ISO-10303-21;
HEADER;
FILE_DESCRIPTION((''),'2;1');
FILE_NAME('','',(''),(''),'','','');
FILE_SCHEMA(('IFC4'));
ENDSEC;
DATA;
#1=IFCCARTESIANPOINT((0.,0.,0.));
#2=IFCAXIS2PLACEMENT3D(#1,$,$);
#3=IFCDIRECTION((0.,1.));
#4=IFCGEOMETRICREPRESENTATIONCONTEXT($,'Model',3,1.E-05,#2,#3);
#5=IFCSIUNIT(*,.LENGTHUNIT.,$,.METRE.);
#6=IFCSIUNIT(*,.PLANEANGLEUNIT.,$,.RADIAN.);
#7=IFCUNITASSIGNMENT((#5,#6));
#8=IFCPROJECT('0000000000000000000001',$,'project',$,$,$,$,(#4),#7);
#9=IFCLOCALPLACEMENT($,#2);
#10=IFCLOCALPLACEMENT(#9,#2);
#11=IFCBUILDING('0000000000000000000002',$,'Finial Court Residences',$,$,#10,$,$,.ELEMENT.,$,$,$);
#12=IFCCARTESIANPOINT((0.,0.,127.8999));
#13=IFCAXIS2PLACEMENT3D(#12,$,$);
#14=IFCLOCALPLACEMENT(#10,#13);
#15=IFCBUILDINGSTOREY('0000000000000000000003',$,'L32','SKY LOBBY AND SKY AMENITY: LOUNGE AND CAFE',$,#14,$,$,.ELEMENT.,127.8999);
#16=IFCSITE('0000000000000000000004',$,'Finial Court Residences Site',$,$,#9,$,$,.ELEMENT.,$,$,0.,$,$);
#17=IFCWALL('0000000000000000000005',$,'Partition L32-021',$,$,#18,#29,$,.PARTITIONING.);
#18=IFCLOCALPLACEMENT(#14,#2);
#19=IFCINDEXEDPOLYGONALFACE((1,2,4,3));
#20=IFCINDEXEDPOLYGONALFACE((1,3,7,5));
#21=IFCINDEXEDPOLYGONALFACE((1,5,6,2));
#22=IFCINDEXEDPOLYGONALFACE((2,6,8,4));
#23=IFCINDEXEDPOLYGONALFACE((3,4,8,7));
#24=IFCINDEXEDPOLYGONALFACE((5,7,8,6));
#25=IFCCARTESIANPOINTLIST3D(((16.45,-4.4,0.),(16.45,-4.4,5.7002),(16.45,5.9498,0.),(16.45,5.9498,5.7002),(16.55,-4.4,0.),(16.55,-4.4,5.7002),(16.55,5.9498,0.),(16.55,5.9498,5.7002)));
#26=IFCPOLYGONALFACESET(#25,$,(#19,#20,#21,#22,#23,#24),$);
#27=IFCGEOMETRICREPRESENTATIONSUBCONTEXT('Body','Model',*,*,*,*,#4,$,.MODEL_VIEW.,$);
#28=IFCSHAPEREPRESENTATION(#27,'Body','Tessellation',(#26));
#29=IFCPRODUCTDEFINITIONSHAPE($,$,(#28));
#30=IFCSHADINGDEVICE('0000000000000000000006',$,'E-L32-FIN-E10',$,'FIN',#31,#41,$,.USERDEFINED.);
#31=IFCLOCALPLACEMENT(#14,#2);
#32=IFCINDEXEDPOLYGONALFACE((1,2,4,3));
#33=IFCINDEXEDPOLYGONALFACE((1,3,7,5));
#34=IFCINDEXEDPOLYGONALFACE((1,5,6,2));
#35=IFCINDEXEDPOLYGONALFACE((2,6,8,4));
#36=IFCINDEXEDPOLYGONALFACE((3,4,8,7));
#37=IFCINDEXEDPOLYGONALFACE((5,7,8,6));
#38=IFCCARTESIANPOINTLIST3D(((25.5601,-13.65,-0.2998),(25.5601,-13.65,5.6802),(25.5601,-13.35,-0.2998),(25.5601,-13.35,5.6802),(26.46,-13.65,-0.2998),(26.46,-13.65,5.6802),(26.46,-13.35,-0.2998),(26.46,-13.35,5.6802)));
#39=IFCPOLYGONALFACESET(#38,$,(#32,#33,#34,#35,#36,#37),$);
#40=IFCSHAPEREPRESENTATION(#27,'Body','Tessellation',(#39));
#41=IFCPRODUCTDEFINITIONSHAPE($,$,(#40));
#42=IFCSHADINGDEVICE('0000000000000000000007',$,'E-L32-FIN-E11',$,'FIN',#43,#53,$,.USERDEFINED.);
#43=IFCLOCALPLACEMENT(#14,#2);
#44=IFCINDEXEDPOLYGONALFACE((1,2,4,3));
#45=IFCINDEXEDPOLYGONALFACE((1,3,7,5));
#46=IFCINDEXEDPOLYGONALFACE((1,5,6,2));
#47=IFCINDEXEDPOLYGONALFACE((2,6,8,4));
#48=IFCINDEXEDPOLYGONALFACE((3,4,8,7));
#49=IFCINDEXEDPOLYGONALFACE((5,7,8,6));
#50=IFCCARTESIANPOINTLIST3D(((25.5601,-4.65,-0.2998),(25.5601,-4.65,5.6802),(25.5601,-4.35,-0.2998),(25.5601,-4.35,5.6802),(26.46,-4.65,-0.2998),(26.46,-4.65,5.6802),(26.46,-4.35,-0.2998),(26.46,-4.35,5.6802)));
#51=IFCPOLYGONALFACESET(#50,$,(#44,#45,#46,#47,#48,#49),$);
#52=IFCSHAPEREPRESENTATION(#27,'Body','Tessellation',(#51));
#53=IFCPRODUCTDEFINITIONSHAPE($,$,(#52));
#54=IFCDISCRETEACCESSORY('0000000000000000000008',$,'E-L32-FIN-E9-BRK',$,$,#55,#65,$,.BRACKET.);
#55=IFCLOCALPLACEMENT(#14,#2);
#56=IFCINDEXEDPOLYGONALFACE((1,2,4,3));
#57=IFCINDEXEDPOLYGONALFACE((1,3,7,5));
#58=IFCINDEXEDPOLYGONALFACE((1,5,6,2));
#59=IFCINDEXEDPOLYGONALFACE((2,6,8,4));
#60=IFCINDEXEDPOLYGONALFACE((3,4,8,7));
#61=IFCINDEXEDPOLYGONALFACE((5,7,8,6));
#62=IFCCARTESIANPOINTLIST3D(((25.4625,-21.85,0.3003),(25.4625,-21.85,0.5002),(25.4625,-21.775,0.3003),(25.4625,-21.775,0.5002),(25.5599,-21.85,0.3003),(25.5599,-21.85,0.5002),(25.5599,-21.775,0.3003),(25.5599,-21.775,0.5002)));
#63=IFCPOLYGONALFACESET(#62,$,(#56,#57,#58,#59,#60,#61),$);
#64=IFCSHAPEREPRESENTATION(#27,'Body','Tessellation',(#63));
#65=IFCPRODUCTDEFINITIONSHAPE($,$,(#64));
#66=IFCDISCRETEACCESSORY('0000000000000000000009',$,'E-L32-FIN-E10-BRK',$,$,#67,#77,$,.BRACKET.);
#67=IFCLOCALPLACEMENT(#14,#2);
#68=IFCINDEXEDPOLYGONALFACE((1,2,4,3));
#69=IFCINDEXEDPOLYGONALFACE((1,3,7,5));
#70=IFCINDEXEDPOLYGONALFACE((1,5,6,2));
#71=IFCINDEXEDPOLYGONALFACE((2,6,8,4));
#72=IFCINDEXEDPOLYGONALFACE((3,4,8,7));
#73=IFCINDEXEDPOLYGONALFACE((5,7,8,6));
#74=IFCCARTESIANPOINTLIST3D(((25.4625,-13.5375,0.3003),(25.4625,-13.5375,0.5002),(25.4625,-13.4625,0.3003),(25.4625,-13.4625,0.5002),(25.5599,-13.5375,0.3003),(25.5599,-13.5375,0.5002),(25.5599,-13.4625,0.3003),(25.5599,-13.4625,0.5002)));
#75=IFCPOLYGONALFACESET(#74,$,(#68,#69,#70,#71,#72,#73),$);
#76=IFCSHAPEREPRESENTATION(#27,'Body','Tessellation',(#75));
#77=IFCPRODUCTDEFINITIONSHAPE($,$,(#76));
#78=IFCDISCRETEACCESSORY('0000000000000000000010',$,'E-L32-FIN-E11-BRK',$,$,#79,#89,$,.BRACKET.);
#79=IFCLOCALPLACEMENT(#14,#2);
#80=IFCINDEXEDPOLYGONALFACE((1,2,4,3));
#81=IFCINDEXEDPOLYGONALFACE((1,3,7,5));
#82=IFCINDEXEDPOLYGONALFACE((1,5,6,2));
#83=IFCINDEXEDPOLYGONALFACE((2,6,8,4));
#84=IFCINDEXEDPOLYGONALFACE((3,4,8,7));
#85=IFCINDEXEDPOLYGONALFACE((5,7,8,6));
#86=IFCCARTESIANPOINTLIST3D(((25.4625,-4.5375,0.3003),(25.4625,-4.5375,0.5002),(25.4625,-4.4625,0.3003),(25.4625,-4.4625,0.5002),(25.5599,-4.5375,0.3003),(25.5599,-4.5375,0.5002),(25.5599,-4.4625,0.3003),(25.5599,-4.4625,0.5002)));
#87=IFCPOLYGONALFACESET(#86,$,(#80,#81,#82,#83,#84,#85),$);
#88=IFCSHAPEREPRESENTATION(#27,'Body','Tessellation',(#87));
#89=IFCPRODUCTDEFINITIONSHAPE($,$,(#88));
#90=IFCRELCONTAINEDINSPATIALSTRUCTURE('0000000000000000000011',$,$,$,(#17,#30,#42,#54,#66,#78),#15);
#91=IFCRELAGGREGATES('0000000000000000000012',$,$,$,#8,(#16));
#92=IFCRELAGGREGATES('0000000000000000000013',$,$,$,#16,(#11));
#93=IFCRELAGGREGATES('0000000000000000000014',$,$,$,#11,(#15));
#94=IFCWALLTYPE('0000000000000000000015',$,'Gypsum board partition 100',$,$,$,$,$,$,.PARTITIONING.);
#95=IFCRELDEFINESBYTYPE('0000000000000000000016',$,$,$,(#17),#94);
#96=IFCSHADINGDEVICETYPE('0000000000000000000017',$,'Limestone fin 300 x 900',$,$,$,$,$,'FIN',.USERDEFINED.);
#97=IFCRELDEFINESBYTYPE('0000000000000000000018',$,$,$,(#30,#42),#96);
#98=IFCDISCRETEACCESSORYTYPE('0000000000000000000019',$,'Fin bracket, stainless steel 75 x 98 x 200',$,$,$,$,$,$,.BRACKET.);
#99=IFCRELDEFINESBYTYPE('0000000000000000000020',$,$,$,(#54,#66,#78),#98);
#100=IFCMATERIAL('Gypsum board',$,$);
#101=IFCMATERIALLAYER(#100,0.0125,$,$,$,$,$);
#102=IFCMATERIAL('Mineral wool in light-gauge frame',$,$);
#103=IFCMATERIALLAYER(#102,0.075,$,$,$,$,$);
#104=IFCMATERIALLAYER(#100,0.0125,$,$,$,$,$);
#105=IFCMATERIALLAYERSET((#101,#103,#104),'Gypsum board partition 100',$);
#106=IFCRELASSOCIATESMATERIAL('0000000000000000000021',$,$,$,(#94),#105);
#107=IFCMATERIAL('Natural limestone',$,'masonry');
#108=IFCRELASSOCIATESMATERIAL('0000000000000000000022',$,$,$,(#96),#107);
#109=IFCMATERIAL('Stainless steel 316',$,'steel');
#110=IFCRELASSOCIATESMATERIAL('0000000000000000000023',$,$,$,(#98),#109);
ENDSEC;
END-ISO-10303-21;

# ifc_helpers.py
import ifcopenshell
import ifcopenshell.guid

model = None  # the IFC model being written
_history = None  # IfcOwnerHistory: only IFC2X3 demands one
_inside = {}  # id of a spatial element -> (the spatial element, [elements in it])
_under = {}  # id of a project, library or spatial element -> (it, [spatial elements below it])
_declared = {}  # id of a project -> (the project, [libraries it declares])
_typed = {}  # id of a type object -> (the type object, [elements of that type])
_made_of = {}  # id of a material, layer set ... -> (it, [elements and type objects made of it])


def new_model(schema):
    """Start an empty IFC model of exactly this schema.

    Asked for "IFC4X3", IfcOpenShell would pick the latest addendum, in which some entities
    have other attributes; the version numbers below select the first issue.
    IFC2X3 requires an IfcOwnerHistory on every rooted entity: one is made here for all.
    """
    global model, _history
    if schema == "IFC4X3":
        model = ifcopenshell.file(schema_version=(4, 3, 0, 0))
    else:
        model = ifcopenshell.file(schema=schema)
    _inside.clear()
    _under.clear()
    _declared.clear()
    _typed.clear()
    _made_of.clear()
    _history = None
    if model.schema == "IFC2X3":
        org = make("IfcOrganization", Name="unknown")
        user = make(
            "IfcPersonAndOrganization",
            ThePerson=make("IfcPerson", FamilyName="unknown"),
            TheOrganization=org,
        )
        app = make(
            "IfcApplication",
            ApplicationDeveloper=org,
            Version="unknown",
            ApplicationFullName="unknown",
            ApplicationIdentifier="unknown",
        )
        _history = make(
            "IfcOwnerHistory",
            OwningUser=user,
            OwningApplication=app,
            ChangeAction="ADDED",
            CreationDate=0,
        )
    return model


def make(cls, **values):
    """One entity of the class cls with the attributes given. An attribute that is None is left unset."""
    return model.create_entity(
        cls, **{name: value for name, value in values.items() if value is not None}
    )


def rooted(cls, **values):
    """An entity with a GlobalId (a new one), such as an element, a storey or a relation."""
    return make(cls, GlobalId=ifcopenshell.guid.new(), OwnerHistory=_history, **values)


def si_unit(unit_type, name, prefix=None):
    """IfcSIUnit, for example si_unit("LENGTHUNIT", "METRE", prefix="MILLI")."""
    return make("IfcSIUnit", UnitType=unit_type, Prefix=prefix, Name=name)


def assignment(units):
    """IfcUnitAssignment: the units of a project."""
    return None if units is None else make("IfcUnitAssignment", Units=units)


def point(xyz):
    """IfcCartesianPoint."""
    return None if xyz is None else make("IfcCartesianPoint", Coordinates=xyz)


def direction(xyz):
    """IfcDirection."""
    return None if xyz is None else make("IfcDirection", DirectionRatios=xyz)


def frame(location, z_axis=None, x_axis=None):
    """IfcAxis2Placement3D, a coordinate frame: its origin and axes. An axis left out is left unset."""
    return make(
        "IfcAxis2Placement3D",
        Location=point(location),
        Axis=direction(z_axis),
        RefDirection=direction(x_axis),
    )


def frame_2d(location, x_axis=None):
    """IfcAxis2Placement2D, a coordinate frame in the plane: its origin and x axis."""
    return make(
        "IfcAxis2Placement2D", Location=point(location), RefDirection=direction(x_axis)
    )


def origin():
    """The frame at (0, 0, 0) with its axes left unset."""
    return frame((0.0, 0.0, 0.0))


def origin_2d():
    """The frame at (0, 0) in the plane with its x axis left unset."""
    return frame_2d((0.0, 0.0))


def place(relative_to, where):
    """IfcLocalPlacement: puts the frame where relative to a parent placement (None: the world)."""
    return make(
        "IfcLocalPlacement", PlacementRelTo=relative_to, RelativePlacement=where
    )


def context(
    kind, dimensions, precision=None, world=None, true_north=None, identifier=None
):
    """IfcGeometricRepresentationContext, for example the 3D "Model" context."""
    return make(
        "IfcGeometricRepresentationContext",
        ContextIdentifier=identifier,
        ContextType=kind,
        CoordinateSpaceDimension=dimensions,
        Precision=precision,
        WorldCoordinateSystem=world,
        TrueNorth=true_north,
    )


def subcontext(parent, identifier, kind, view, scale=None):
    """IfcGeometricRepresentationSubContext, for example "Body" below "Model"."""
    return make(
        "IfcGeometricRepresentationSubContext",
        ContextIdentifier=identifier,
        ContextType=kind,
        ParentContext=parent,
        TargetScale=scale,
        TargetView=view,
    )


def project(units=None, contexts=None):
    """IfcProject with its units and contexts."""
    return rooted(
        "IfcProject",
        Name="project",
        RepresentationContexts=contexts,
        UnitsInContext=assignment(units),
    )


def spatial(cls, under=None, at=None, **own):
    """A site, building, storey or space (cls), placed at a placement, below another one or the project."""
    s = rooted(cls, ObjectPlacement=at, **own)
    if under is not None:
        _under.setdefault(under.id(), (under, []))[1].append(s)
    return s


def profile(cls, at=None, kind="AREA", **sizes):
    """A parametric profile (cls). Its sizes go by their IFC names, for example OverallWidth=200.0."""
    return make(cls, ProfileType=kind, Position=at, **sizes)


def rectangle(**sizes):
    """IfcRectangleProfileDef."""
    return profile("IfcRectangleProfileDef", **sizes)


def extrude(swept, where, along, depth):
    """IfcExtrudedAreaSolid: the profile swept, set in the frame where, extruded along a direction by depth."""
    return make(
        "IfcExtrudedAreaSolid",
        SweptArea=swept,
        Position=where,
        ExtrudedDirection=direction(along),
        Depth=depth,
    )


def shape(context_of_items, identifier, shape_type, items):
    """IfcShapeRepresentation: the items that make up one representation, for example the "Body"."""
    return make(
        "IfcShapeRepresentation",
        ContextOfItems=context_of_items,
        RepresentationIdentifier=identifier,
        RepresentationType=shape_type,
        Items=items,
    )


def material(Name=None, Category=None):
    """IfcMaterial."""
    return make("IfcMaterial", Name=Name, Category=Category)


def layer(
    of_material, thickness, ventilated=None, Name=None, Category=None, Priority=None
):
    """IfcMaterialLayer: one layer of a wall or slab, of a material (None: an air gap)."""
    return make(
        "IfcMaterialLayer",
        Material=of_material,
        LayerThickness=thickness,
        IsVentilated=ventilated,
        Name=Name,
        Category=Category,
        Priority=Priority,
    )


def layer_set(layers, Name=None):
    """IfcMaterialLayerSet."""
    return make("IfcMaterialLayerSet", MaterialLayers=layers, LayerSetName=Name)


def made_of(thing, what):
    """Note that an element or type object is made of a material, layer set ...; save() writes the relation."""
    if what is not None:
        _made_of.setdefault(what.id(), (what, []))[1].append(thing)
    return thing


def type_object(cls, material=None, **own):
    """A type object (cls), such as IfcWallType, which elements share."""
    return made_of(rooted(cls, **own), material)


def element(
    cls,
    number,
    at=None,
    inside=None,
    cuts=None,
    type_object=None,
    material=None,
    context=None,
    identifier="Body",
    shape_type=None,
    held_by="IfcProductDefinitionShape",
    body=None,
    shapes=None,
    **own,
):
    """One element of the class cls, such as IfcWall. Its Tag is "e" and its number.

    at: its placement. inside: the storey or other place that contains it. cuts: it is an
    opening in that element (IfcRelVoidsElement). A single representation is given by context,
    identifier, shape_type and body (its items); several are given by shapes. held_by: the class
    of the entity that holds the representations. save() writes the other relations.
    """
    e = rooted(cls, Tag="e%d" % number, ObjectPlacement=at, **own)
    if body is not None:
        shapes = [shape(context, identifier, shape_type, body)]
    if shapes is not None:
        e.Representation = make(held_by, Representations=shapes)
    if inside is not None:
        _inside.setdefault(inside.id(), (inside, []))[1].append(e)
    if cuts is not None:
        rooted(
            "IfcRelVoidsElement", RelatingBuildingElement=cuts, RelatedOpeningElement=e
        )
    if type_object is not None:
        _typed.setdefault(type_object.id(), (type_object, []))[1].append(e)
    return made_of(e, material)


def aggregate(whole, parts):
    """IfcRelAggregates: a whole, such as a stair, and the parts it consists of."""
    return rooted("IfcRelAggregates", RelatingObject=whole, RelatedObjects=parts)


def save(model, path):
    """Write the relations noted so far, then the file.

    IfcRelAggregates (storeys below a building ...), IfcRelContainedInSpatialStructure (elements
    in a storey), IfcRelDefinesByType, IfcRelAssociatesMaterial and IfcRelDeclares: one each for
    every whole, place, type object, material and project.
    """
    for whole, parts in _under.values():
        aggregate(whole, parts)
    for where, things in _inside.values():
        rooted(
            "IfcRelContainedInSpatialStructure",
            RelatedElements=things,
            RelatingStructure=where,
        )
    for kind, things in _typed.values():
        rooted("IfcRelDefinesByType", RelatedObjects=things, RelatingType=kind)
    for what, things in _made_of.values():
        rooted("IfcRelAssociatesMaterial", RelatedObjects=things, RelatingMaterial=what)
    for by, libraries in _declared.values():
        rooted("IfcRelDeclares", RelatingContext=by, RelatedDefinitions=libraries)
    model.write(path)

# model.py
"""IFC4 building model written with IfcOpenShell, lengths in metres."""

from ifc_helpers import new_model, si_unit, direction, frame, frame_2d, origin, origin_2d, place, context, subcontext, project, spatial, rectangle, extrude, material, layer, layer_set, type_object, element, save


model = new_model("IFC4")

# Units and contexts
model_context = context("Model", 3, precision=1e-05, world=origin(), true_north=direction((0.0, 1.0)))
body_context = subcontext(model_context, "Body", "Model", "MODEL_VIEW")
ifc_project = project(units=[si_unit("LENGTHUNIT", "METRE"), si_unit("PLANEANGLEUNIT", "RADIAN")], contexts=[model_context])

# Site, building, storey
site_placement = place(None, origin())
site = spatial("IfcSite", under=ifc_project, at=site_placement, Name="Finial Court Residences Site", CompositionType="ELEMENT", RefElevation=0.0)
building_placement = place(site_placement, origin())
building = spatial("IfcBuilding", under=site, at=building_placement, Name="Finial Court Residences", CompositionType="ELEMENT")
storey_placement = place(building_placement, frame((0.0, 0.0, 127.8999)))
storey = spatial("IfcBuildingStorey", under=building, at=storey_placement, Name="L32", Description="SKY LOBBY AND SKY AMENITY: LOUNGE AND CAFE", CompositionType="ELEMENT", Elevation=127.8999)

# Wall
ifc_material_1 = material(Name="Gypsum board")
ifc_layer_1 = layer(ifc_material_1, 0.0125)
ifc_material_2 = material(Name="Mineral wool in light-gauge frame")
ifc_layer_2 = layer(ifc_material_2, 0.075)
ifc_layer_3 = layer(ifc_material_1, 0.0125)
ifc_layer_set_1 = layer_set([ifc_layer_1, ifc_layer_2, ifc_layer_3], Name="Gypsum board partition 100")
wall_type = type_object("IfcWallType", Name="Gypsum board partition 100", PredefinedType="PARTITIONING", material=ifc_layer_set_1)
wall_placement = place(storey_placement, frame((16.5, -4.3999, 0.0), z_axis=(0.0, 0.0, 1.0), x_axis=(0.0, 1.0, 0.0)))
element("IfcWall", 1, at=wall_placement, inside=storey, type_object=wall_type, Name="Partition L32-021", PredefinedType="PARTITIONING", context=body_context, shape_type="SweptSolid", body=[
    extrude(rectangle(XDim=10.3499, YDim=0.1001, at=frame_2d((5.1748, 0.0))), origin(), (0.0, 0.0, 1.0), 5.7002),
])

# Shading devices
ifc_material_3 = material(Name="Natural limestone", Category="masonry")
shading_device_type = type_object("IfcShadingDeviceType", Name="Limestone fin 300 x 900", ElementType="FIN", PredefinedType="USERDEFINED", material=ifc_material_3)
for number, where, z_axis, x_axis, name in (
    (2, (26.01, -13.5, -0.2998), (0.0, 0.0, 1.0), (1.0, 0.0, 0.0), "E-L32-FIN-E10"),
    (3, (26.01, -4.5, -0.2998), (0.0, 0.0, 1.0), (1.0, 0.0, 0.0), "E-L32-FIN-E11"),
):
    element("IfcShadingDevice", number, at=place(storey_placement, frame(where, z_axis=z_axis, x_axis=x_axis)), inside=storey, type_object=shading_device_type, Name=name, ObjectType="FIN", PredefinedType="USERDEFINED", context=body_context, shape_type="SweptSolid", body=[
        extrude(rectangle(XDim=0.8999, YDim=0.3, at=origin_2d()), origin(), (0.0, 0.0, 1.0), 5.98),
    ])

# Discrete accessories
ifc_material_4 = material(Name="Stainless steel 316", Category="steel")
discrete_accessory_type = type_object("IfcDiscreteAccessoryType", Name="Fin bracket, stainless steel 75 x 98 x 200", PredefinedType="BRACKET", material=ifc_material_4)
for number, where, z_axis, x_axis, name in (
    (4, (25.5112, -21.8125, 0.3003), (0.0, 0.0, 1.0), (1.0, 0.0, 0.0), "E-L32-FIN-E9-BRK"),
    (5, (25.5112, -13.5, 0.3003), (0.0, 0.0, 1.0), (1.0, 0.0, 0.0), "E-L32-FIN-E10-BRK"),
    (6, (25.5112, -4.5, 0.3003), (0.0, 0.0, 1.0), (1.0, 0.0, 0.0), "E-L32-FIN-E11-BRK"),
):
    element("IfcDiscreteAccessory", number, at=place(storey_placement, frame(where, z_axis=z_axis, x_axis=x_axis)), inside=storey, type_object=discrete_accessory_type, Name=name, PredefinedType="BRACKET", context=body_context, shape_type="SweptSolid", body=[
        extrude(rectangle(XDim=0.0974, YDim=0.075, at=origin_2d()), origin(), (0.0, 0.0, 1.0), 0.2),
    ])

save(model, "model.ifc")
